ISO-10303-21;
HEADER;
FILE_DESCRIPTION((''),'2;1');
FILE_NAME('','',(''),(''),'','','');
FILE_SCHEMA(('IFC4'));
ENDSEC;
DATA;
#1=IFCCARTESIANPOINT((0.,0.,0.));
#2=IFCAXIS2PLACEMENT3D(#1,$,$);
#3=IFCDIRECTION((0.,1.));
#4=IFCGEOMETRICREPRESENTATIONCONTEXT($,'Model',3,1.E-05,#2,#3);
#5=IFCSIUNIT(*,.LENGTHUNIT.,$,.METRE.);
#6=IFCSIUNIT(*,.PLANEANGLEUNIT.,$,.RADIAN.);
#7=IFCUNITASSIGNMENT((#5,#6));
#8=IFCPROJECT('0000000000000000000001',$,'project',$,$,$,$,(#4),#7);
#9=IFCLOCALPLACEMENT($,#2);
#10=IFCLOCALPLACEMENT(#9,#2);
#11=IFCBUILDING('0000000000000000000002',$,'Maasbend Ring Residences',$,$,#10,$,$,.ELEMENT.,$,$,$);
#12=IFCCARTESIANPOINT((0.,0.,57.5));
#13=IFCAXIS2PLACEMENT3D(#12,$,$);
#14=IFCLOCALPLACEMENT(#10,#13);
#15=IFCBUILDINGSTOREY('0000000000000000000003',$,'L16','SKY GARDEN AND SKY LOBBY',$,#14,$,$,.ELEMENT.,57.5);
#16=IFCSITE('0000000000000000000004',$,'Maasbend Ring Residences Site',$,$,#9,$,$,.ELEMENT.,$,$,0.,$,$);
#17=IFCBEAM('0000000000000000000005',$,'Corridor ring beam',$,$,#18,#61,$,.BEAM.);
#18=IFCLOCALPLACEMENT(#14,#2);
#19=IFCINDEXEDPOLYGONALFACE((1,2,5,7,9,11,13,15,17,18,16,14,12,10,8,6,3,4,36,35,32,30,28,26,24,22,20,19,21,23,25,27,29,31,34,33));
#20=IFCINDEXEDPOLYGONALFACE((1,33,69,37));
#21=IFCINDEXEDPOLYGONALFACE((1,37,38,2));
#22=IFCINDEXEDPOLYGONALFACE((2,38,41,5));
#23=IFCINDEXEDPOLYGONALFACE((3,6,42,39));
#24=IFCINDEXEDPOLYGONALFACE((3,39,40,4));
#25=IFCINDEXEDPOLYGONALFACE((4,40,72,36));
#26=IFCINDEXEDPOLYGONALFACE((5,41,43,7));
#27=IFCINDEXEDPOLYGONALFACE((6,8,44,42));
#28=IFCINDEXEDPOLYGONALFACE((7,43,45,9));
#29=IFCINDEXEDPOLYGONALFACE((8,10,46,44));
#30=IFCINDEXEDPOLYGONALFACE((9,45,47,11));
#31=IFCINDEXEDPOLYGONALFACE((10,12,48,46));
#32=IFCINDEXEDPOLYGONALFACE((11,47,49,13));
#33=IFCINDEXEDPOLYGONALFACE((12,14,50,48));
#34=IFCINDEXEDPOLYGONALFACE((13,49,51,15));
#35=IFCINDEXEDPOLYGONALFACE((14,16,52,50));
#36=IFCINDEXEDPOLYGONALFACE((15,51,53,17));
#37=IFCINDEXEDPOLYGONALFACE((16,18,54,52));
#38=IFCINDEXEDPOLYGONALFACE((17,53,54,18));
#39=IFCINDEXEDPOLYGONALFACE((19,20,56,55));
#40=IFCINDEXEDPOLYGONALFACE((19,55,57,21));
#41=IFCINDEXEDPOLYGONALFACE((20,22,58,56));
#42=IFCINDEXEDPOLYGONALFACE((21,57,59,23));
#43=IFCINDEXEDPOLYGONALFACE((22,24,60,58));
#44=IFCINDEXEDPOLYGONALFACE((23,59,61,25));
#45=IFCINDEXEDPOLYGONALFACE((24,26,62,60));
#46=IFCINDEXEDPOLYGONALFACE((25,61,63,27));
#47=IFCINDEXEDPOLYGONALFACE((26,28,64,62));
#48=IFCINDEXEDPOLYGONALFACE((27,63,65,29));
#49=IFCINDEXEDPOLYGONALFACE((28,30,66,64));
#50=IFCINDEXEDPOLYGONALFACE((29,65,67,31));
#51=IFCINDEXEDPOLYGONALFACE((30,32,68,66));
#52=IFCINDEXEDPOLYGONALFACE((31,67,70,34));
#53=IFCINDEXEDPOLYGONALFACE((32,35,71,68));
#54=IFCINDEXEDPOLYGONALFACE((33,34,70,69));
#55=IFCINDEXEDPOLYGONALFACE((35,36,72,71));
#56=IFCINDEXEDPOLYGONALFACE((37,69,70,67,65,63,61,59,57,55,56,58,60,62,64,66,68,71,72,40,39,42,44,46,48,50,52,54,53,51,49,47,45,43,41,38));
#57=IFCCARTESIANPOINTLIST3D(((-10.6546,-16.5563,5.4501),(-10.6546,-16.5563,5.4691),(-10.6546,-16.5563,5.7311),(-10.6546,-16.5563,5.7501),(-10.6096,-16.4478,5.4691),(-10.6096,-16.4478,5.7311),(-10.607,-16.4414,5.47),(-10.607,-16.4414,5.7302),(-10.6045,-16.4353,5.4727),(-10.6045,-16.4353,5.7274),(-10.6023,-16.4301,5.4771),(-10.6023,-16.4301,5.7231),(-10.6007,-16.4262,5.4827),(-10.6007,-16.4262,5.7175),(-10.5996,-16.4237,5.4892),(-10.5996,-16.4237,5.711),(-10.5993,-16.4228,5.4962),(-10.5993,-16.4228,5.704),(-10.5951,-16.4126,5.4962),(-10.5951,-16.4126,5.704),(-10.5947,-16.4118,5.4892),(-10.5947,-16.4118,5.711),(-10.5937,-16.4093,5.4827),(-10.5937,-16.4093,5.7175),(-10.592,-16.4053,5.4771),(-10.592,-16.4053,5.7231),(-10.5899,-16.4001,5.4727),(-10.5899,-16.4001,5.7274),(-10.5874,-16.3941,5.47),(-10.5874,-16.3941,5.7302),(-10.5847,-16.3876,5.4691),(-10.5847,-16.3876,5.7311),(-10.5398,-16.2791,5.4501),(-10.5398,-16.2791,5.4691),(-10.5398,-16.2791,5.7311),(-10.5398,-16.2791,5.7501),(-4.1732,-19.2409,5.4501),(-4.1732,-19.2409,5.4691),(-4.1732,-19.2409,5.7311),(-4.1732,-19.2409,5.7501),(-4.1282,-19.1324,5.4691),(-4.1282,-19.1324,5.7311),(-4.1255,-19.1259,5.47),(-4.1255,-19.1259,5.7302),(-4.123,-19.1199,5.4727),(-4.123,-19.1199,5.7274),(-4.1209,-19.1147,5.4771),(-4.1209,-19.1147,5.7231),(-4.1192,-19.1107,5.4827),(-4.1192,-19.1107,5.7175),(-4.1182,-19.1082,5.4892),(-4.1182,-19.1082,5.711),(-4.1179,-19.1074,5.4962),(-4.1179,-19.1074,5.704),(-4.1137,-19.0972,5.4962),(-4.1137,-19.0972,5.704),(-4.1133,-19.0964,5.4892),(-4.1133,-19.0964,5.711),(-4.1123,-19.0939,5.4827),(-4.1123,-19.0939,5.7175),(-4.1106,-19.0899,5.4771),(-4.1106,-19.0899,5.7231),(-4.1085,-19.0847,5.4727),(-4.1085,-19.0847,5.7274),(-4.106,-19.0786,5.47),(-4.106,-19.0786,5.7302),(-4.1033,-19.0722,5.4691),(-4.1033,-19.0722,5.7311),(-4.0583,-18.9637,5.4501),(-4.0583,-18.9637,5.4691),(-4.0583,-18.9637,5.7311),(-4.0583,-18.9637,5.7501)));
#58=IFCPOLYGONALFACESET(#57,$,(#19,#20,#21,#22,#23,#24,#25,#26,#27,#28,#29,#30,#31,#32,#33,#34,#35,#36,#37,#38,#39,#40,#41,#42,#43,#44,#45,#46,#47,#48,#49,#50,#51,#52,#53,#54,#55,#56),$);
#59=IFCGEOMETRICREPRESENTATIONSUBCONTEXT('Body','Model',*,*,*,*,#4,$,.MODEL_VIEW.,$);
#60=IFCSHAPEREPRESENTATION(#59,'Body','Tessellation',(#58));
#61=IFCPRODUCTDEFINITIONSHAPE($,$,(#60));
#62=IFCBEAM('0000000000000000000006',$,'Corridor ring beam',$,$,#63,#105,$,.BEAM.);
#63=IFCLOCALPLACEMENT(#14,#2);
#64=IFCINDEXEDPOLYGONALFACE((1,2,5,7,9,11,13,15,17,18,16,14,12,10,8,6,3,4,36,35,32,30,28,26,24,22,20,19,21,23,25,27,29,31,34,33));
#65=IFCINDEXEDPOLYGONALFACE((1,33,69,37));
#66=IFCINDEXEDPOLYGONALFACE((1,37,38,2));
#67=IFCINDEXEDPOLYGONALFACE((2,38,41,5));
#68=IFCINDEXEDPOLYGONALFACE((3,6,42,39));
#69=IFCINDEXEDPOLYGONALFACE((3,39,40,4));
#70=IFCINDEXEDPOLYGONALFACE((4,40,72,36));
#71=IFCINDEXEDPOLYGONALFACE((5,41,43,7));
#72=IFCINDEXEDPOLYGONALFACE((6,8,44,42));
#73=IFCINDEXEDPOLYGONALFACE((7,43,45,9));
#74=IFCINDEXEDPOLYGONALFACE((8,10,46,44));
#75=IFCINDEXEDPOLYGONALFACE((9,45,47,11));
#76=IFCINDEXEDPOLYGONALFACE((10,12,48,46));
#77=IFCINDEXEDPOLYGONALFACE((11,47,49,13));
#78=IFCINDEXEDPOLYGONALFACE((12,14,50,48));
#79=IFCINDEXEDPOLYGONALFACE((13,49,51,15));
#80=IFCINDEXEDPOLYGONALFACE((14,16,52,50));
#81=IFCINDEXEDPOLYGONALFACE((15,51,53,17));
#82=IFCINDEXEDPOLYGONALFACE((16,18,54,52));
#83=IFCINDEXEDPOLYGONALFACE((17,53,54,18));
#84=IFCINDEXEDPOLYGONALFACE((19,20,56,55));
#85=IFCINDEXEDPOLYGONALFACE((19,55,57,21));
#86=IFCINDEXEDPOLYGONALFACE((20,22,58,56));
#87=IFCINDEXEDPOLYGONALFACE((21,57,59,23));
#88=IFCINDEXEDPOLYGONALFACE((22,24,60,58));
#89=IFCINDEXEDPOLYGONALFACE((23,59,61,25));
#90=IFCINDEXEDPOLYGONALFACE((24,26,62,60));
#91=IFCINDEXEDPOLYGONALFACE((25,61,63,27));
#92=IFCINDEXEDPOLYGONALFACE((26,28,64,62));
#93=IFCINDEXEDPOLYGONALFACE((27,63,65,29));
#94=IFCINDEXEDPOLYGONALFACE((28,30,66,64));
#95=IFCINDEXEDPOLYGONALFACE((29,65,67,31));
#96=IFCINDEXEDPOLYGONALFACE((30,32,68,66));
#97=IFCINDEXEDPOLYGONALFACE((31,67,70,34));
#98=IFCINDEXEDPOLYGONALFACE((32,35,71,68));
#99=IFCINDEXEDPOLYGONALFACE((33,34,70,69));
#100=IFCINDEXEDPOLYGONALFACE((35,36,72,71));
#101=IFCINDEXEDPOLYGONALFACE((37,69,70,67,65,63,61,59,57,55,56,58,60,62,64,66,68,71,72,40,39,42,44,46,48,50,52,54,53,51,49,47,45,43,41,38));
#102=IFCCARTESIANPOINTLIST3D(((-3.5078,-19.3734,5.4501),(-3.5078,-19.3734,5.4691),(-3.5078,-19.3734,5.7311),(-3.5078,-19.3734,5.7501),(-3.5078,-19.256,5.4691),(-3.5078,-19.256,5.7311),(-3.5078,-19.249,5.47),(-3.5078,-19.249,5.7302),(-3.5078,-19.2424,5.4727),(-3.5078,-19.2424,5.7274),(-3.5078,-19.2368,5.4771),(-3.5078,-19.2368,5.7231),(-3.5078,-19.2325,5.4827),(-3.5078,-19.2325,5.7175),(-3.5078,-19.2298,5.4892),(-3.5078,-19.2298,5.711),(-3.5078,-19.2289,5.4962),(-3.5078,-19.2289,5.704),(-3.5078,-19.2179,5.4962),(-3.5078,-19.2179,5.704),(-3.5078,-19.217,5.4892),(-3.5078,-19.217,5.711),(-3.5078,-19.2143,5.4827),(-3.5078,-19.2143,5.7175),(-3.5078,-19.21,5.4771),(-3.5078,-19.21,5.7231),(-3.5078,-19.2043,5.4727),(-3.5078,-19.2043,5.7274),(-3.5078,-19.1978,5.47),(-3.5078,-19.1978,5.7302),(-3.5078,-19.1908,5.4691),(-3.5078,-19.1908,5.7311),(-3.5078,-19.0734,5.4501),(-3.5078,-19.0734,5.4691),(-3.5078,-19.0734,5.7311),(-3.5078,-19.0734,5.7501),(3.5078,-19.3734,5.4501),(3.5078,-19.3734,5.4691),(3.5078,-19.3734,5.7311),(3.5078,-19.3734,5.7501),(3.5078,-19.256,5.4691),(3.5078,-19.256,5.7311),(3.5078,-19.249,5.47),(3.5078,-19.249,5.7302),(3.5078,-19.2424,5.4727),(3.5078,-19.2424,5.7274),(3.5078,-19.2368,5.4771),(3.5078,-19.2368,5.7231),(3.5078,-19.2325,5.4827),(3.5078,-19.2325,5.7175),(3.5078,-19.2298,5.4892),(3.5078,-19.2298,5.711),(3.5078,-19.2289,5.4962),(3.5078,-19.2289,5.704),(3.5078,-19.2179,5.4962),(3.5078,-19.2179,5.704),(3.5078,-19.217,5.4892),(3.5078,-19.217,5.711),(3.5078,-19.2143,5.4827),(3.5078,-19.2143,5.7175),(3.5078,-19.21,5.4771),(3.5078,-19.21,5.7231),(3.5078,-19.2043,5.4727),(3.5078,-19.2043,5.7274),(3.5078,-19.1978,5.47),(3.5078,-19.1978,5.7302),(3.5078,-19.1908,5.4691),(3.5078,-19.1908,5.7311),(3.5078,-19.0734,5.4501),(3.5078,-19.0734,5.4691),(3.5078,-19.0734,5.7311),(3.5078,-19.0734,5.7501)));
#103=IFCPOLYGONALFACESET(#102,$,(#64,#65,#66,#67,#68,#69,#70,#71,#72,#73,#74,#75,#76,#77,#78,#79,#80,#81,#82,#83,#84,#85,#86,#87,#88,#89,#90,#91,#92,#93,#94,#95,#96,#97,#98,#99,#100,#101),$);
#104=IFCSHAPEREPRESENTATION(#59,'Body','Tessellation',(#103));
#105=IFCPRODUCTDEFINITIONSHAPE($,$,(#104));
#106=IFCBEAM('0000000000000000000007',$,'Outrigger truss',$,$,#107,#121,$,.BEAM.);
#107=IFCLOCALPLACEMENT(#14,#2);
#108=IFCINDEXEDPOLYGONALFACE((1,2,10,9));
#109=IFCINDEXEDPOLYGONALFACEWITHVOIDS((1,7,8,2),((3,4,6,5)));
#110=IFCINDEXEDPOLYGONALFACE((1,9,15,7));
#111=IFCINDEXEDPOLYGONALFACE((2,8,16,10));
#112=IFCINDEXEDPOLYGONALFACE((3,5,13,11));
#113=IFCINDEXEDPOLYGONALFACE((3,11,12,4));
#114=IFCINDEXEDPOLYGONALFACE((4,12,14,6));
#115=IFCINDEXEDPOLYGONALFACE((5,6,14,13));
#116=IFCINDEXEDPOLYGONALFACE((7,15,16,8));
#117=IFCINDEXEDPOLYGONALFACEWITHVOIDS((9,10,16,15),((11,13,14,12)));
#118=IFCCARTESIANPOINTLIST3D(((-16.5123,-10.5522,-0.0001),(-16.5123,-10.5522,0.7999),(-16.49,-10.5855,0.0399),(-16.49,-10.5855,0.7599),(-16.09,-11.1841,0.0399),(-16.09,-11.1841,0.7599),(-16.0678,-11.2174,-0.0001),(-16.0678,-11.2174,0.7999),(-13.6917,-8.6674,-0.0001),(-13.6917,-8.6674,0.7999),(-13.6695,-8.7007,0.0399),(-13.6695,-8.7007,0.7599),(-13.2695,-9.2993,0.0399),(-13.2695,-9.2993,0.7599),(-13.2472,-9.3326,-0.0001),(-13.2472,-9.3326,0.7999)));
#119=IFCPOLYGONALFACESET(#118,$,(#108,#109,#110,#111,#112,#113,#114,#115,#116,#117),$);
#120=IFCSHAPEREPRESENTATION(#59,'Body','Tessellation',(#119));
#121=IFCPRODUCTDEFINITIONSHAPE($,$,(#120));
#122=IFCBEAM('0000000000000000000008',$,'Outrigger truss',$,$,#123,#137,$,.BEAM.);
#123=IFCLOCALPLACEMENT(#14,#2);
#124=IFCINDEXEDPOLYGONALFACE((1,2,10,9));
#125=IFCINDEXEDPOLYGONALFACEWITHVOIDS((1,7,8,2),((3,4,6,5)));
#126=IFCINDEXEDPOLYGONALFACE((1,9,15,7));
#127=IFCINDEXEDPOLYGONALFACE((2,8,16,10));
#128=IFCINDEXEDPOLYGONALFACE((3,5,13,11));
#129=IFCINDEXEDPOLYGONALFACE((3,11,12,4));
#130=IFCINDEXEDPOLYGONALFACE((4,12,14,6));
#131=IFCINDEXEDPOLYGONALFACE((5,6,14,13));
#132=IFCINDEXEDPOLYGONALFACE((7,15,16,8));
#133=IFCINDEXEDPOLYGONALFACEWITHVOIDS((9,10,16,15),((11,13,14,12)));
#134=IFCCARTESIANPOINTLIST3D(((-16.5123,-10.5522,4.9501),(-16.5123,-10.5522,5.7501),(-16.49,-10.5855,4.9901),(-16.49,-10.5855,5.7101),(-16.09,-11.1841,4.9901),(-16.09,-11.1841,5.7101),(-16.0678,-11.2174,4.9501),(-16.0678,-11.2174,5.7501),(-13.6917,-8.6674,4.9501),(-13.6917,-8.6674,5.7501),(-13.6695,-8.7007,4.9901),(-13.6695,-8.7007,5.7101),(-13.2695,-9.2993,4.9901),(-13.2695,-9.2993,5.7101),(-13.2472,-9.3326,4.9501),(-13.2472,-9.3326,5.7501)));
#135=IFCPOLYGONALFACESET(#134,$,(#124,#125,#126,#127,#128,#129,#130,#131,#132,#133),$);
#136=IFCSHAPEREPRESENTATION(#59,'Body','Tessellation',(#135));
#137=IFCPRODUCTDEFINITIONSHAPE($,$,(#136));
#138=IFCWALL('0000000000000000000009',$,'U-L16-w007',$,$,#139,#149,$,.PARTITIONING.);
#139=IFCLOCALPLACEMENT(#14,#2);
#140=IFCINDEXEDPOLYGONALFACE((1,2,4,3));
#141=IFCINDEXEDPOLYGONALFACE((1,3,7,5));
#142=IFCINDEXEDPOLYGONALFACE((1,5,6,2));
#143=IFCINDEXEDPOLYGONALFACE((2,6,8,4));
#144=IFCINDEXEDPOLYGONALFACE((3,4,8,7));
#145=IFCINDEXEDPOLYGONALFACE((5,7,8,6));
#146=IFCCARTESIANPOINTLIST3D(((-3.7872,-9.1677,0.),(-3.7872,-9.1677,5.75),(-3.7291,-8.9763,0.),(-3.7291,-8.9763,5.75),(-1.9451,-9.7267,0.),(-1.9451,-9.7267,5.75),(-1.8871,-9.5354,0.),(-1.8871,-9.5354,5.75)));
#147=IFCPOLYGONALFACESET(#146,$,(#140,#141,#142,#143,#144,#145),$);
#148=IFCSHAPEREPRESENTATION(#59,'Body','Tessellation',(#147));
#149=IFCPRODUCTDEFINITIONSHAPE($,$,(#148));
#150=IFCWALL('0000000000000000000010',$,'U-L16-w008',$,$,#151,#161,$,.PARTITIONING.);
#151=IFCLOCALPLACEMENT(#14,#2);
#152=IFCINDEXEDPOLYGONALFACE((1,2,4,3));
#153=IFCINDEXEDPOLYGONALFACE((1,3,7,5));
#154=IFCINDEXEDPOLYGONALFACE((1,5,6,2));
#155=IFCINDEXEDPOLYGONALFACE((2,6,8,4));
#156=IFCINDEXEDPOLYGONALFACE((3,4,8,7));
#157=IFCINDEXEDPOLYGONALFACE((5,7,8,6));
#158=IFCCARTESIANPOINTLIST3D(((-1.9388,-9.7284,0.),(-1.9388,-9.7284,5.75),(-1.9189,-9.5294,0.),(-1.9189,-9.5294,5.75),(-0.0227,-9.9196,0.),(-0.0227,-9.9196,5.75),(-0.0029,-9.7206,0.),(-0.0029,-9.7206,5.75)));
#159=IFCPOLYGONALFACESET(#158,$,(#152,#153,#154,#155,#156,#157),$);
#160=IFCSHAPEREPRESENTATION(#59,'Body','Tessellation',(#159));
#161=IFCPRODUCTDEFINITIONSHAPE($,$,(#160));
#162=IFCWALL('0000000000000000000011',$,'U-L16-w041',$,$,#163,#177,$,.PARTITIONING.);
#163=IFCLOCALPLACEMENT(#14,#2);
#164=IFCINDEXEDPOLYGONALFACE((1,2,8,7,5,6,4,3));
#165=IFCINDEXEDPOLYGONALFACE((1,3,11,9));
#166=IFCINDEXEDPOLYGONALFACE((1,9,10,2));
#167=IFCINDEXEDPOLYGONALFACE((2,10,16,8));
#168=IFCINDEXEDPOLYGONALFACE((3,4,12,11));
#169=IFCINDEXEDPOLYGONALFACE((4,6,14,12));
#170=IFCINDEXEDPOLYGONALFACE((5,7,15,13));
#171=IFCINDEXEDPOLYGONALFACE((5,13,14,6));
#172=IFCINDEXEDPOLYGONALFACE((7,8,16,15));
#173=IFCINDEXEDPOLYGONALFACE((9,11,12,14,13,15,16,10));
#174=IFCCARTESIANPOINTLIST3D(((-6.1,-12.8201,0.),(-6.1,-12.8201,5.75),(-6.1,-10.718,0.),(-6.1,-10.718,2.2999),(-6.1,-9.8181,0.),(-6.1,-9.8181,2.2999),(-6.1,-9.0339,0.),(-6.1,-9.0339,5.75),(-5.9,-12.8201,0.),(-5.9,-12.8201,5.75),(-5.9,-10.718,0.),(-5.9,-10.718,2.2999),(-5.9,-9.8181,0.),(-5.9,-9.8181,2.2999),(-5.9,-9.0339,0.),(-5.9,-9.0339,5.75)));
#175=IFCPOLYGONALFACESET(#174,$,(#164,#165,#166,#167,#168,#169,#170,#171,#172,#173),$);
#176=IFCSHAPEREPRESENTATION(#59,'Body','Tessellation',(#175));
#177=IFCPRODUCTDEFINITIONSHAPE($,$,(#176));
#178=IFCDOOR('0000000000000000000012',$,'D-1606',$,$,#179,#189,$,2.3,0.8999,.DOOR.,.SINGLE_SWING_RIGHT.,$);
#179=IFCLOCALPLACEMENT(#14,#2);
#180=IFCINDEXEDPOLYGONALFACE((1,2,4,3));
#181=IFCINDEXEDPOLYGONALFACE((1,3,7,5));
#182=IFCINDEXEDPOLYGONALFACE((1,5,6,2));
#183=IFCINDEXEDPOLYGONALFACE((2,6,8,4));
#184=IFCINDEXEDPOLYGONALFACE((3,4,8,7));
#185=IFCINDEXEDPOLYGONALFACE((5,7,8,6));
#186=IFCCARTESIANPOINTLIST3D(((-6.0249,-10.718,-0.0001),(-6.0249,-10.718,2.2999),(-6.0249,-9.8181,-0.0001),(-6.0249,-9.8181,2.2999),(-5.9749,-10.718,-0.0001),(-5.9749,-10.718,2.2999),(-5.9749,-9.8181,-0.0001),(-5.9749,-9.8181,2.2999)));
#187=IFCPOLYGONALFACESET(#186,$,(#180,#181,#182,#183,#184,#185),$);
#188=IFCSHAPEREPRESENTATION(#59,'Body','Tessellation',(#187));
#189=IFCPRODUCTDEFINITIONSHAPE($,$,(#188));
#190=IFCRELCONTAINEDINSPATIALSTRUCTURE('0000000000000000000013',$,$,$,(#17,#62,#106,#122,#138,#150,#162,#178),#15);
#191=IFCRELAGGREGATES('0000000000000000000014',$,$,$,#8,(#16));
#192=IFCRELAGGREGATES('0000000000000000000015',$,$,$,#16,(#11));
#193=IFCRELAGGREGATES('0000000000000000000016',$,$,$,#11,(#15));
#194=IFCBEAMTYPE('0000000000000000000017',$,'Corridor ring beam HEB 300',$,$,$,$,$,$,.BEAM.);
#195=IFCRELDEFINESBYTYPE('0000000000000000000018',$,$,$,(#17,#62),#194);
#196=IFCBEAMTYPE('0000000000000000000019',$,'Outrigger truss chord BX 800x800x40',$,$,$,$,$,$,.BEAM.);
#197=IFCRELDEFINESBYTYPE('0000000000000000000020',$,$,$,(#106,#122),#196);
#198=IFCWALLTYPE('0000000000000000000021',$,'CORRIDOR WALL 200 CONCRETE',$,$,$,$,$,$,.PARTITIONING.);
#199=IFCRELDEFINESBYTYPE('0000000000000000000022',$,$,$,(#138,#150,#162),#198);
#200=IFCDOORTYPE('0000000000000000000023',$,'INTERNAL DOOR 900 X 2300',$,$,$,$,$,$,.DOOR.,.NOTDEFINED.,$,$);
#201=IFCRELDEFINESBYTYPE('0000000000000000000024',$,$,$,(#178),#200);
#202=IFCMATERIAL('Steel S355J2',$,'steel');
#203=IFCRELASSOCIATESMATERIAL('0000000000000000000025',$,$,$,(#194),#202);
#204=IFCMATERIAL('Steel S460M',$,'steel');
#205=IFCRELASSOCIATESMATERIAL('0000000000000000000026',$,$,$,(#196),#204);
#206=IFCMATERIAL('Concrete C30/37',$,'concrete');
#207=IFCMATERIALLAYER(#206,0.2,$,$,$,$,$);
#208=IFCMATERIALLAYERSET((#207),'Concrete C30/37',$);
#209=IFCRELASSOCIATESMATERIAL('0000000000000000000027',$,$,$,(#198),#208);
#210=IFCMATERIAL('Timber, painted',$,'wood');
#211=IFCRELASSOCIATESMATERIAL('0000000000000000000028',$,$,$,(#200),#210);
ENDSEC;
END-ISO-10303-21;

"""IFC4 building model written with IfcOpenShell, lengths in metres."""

from ifc_helpers import new_model, si_unit, direction, frame, frame_2d, origin, origin_2d, place, context, subcontext, project, spatial, rectangle, hollow_rectangle, i_section, extrude, material, layer, layer_set, material_profile, profile_set, type_object, element, fill, save


model = new_model("IFC4")

# Units and contexts
model_context = context("Model", 3, precision=1e-05, world=origin(), true_north=direction((0.0, 1.0)))
body_context = subcontext(model_context, "Body", "Model", "MODEL_VIEW")
ifc_project = project(units=[si_unit("LENGTHUNIT", "METRE"), si_unit("PLANEANGLEUNIT", "RADIAN")], contexts=[model_context])

# Site, building, storey
site_placement = place(None, origin())
site = spatial("IfcSite", under=ifc_project, at=site_placement, Name="Maasbend Ring Residences Site", CompositionType="ELEMENT", RefElevation=0.0)
building_placement = place(site_placement, origin())
building = spatial("IfcBuilding", under=site, at=building_placement, Name="Maasbend Ring Residences", CompositionType="ELEMENT")
storey_placement = place(building_placement, frame((0.0, 0.0, 57.5)))
storey = spatial("IfcBuildingStorey", under=building, at=storey_placement, Name="L16", Description="SKY GARDEN AND SKY LOBBY", CompositionType="ELEMENT", Elevation=57.5)

# Beams
ifc_material_1 = material(Name="Steel S355J2", Category="steel")
ifc_material_profile_1 = material_profile(ifc_material_1, i_section(OverallWidth=0.3, OverallDepth=0.3, WebThickness=0.011, FlangeThickness=0.019, FilletRadius=0.0271, at=origin_2d()), Name="HEB 300")
ifc_profile_set_1 = profile_set([ifc_material_profile_1], Name="Steel S355J2")
beam_type_1 = type_object("IfcBeamType", Name="Corridor ring beam HEB 300", PredefinedType="BEAM", material=ifc_profile_set_1)
beam_1_placement = place(storey_placement, frame((-10.5972, -16.4177, 5.6001), z_axis=(0.923886, -0.382667, 0.0), x_axis=(0.382667, 0.923886, 0.0)))
element("IfcBeam", 1, at=beam_1_placement, inside=storey, type_object=beam_type_1, Name="Corridor ring beam", PredefinedType="BEAM", context=body_context, shape_type="SweptSolid", body=[
    extrude(i_section(OverallWidth=0.3, OverallDepth=0.3, WebThickness=0.011, FlangeThickness=0.019, FilletRadius=0.0271, at=origin_2d()), origin(), (0.0, 0.0, 1.0), 7.0154),
])
beam_2_placement = place(storey_placement, frame((-3.5078, -19.2234, 5.6001), z_axis=(1.0, 0.0, 0.0), x_axis=(0.0, 1.0, 0.0)))
element("IfcBeam", 2, at=beam_2_placement, inside=storey, type_object=beam_type_1, Name="Corridor ring beam", PredefinedType="BEAM", context=body_context, shape_type="SweptSolid", body=[
    extrude(i_section(OverallWidth=0.3, OverallDepth=0.3, WebThickness=0.011, FlangeThickness=0.019, FilletRadius=0.0271, at=origin_2d()), origin(), (0.0, 0.0, 1.0), 7.0156),
])
ifc_material_2 = material(Name="Steel S460M", Category="steel")
ifc_material_profile_2 = material_profile(ifc_material_2, hollow_rectangle(XDim=0.8, YDim=0.8, WallThickness=0.04, at=origin_2d()), Name="Outrigger truss chord BX 800x800x40")
ifc_profile_set_2 = profile_set([ifc_material_profile_2], Name="Steel S460M")
beam_type_2 = type_object("IfcBeamType", Name="Outrigger truss chord BX 800x800x40", PredefinedType="BEAM", material=ifc_profile_set_2)
for number, where, z_axis, x_axis, name in (
    (3, (-16.29, -10.8848, 0.3999), (0.831452, 0.555597, 0.0), (-0.555597, 0.831452, 0.0), "Outrigger truss"),
    (4, (-16.29, -10.8848, 5.3501), (0.831452, 0.555597, 0.0), (-0.555597, 0.831452, 0.0), "Outrigger truss"),
):
    element("IfcBeam", number, at=place(storey_placement, frame(where, z_axis=z_axis, x_axis=x_axis)), inside=storey, type_object=beam_type_2, Name=name, PredefinedType="BEAM", context=body_context, shape_type="SweptSolid", body=[
        extrude(hollow_rectangle(XDim=0.8, YDim=0.8, WallThickness=0.04, at=origin_2d()), origin(), (0.0, 0.0, 1.0), 3.3923),
    ])

# Walls
ifc_material_3 = material(Name="Concrete C30/37", Category="concrete")
ifc_layer_1 = layer(ifc_material_3, 0.2)
ifc_layer_set_1 = layer_set([ifc_layer_1], Name="Concrete C30/37")
wall_type_1 = type_object("IfcWallType", Name="CORRIDOR WALL 200 CONCRETE", PredefinedType="PARTITIONING", material=ifc_layer_set_1)
wall_1_placement = place(storey_placement, frame((-3.7581, -9.072, 0.0), z_axis=(0.0, 0.0, 1.0), x_axis=(0.956896, -0.29043, 0.0)))
element("IfcWall", 5, at=wall_1_placement, inside=storey, type_object=wall_type_1, Name="U-L16-w007", PredefinedType="PARTITIONING", context=body_context, shape_type="SweptSolid", body=[
    extrude(rectangle(XDim=1.925, YDim=0.2, at=frame_2d((0.9624, 0.0))), origin(), (0.0, 0.0, 1.0), 5.75),
])
wall_2_placement = place(storey_placement, frame((-1.929, -9.6289, 0.0), z_axis=(0.0, 0.0, 1.0), x_axis=(0.99506, -0.099278, 0.0)))
element("IfcWall", 6, at=wall_2_placement, inside=storey, type_object=wall_type_1, Name="U-L16-w008", PredefinedType="PARTITIONING", context=body_context, shape_type="SweptSolid", body=[
    extrude(rectangle(XDim=1.9255, YDim=0.2, at=frame_2d((0.9629, 0.0))), origin(), (0.0, 0.0, 1.0), 5.75),
])

# Wall, opening, door
wall_3_placement = place(storey_placement, frame((-6.0, -12.8201, 0.0), z_axis=(0.0, 0.0, 1.0), x_axis=(0.0, 1.0, 0.0)))
wall_3 = element("IfcWall", 7, at=wall_3_placement, inside=storey, type_object=wall_type_1, Name="U-L16-w041", PredefinedType="PARTITIONING", context=body_context, shape_type="SweptSolid", body=[
    extrude(rectangle(XDim=3.7861, YDim=0.2, at=frame_2d((1.8931, 0.0))), origin(), (0.0, 0.0, 1.0), 5.75),
])
opening_placement = place(wall_3_placement, frame((2.1021, 0.0, 0.0)))
opening = element("IfcOpeningElement", 8, at=opening_placement, cuts=wall_3, PredefinedType="OPENING", context=body_context, shape_type="SweptSolid", body=[
    extrude(rectangle(XDim=0.8999, YDim=2.3, at=frame_2d((0.45, 1.1499))), frame((0.0, 0.1099, 0.0), z_axis=(0.0, -1.0, 0.0), x_axis=(1.0, 0.0, 0.0)), (0.0, 0.0, 1.0), 0.22),
])
ifc_material_4 = material(Name="Timber, painted", Category="wood")
door_type = type_object("IfcDoorType", Name="INTERNAL DOOR 900 X 2300", OperationType="NOTDEFINED", PredefinedType="DOOR", material=ifc_material_4)
door_placement = place(opening_placement, origin())
door = element("IfcDoor", 9, at=door_placement, inside=storey, type_object=door_type, Name="D-1606", OperationType="SINGLE_SWING_RIGHT", OverallHeight=2.3, OverallWidth=0.8999, PredefinedType="DOOR", context=body_context, shape_type="SweptSolid", body=[
    extrude(rectangle(XDim=0.8999, YDim=2.3, at=frame_2d((0.45, 1.1499))), frame((0.0, 0.0249, 0.0), z_axis=(0.0, -1.0, 0.0), x_axis=(1.0, 0.0, 0.0)), (0.0, 0.0, 1.0), 0.05),
])
fill(opening, door)

save(model, "model.ifc")
